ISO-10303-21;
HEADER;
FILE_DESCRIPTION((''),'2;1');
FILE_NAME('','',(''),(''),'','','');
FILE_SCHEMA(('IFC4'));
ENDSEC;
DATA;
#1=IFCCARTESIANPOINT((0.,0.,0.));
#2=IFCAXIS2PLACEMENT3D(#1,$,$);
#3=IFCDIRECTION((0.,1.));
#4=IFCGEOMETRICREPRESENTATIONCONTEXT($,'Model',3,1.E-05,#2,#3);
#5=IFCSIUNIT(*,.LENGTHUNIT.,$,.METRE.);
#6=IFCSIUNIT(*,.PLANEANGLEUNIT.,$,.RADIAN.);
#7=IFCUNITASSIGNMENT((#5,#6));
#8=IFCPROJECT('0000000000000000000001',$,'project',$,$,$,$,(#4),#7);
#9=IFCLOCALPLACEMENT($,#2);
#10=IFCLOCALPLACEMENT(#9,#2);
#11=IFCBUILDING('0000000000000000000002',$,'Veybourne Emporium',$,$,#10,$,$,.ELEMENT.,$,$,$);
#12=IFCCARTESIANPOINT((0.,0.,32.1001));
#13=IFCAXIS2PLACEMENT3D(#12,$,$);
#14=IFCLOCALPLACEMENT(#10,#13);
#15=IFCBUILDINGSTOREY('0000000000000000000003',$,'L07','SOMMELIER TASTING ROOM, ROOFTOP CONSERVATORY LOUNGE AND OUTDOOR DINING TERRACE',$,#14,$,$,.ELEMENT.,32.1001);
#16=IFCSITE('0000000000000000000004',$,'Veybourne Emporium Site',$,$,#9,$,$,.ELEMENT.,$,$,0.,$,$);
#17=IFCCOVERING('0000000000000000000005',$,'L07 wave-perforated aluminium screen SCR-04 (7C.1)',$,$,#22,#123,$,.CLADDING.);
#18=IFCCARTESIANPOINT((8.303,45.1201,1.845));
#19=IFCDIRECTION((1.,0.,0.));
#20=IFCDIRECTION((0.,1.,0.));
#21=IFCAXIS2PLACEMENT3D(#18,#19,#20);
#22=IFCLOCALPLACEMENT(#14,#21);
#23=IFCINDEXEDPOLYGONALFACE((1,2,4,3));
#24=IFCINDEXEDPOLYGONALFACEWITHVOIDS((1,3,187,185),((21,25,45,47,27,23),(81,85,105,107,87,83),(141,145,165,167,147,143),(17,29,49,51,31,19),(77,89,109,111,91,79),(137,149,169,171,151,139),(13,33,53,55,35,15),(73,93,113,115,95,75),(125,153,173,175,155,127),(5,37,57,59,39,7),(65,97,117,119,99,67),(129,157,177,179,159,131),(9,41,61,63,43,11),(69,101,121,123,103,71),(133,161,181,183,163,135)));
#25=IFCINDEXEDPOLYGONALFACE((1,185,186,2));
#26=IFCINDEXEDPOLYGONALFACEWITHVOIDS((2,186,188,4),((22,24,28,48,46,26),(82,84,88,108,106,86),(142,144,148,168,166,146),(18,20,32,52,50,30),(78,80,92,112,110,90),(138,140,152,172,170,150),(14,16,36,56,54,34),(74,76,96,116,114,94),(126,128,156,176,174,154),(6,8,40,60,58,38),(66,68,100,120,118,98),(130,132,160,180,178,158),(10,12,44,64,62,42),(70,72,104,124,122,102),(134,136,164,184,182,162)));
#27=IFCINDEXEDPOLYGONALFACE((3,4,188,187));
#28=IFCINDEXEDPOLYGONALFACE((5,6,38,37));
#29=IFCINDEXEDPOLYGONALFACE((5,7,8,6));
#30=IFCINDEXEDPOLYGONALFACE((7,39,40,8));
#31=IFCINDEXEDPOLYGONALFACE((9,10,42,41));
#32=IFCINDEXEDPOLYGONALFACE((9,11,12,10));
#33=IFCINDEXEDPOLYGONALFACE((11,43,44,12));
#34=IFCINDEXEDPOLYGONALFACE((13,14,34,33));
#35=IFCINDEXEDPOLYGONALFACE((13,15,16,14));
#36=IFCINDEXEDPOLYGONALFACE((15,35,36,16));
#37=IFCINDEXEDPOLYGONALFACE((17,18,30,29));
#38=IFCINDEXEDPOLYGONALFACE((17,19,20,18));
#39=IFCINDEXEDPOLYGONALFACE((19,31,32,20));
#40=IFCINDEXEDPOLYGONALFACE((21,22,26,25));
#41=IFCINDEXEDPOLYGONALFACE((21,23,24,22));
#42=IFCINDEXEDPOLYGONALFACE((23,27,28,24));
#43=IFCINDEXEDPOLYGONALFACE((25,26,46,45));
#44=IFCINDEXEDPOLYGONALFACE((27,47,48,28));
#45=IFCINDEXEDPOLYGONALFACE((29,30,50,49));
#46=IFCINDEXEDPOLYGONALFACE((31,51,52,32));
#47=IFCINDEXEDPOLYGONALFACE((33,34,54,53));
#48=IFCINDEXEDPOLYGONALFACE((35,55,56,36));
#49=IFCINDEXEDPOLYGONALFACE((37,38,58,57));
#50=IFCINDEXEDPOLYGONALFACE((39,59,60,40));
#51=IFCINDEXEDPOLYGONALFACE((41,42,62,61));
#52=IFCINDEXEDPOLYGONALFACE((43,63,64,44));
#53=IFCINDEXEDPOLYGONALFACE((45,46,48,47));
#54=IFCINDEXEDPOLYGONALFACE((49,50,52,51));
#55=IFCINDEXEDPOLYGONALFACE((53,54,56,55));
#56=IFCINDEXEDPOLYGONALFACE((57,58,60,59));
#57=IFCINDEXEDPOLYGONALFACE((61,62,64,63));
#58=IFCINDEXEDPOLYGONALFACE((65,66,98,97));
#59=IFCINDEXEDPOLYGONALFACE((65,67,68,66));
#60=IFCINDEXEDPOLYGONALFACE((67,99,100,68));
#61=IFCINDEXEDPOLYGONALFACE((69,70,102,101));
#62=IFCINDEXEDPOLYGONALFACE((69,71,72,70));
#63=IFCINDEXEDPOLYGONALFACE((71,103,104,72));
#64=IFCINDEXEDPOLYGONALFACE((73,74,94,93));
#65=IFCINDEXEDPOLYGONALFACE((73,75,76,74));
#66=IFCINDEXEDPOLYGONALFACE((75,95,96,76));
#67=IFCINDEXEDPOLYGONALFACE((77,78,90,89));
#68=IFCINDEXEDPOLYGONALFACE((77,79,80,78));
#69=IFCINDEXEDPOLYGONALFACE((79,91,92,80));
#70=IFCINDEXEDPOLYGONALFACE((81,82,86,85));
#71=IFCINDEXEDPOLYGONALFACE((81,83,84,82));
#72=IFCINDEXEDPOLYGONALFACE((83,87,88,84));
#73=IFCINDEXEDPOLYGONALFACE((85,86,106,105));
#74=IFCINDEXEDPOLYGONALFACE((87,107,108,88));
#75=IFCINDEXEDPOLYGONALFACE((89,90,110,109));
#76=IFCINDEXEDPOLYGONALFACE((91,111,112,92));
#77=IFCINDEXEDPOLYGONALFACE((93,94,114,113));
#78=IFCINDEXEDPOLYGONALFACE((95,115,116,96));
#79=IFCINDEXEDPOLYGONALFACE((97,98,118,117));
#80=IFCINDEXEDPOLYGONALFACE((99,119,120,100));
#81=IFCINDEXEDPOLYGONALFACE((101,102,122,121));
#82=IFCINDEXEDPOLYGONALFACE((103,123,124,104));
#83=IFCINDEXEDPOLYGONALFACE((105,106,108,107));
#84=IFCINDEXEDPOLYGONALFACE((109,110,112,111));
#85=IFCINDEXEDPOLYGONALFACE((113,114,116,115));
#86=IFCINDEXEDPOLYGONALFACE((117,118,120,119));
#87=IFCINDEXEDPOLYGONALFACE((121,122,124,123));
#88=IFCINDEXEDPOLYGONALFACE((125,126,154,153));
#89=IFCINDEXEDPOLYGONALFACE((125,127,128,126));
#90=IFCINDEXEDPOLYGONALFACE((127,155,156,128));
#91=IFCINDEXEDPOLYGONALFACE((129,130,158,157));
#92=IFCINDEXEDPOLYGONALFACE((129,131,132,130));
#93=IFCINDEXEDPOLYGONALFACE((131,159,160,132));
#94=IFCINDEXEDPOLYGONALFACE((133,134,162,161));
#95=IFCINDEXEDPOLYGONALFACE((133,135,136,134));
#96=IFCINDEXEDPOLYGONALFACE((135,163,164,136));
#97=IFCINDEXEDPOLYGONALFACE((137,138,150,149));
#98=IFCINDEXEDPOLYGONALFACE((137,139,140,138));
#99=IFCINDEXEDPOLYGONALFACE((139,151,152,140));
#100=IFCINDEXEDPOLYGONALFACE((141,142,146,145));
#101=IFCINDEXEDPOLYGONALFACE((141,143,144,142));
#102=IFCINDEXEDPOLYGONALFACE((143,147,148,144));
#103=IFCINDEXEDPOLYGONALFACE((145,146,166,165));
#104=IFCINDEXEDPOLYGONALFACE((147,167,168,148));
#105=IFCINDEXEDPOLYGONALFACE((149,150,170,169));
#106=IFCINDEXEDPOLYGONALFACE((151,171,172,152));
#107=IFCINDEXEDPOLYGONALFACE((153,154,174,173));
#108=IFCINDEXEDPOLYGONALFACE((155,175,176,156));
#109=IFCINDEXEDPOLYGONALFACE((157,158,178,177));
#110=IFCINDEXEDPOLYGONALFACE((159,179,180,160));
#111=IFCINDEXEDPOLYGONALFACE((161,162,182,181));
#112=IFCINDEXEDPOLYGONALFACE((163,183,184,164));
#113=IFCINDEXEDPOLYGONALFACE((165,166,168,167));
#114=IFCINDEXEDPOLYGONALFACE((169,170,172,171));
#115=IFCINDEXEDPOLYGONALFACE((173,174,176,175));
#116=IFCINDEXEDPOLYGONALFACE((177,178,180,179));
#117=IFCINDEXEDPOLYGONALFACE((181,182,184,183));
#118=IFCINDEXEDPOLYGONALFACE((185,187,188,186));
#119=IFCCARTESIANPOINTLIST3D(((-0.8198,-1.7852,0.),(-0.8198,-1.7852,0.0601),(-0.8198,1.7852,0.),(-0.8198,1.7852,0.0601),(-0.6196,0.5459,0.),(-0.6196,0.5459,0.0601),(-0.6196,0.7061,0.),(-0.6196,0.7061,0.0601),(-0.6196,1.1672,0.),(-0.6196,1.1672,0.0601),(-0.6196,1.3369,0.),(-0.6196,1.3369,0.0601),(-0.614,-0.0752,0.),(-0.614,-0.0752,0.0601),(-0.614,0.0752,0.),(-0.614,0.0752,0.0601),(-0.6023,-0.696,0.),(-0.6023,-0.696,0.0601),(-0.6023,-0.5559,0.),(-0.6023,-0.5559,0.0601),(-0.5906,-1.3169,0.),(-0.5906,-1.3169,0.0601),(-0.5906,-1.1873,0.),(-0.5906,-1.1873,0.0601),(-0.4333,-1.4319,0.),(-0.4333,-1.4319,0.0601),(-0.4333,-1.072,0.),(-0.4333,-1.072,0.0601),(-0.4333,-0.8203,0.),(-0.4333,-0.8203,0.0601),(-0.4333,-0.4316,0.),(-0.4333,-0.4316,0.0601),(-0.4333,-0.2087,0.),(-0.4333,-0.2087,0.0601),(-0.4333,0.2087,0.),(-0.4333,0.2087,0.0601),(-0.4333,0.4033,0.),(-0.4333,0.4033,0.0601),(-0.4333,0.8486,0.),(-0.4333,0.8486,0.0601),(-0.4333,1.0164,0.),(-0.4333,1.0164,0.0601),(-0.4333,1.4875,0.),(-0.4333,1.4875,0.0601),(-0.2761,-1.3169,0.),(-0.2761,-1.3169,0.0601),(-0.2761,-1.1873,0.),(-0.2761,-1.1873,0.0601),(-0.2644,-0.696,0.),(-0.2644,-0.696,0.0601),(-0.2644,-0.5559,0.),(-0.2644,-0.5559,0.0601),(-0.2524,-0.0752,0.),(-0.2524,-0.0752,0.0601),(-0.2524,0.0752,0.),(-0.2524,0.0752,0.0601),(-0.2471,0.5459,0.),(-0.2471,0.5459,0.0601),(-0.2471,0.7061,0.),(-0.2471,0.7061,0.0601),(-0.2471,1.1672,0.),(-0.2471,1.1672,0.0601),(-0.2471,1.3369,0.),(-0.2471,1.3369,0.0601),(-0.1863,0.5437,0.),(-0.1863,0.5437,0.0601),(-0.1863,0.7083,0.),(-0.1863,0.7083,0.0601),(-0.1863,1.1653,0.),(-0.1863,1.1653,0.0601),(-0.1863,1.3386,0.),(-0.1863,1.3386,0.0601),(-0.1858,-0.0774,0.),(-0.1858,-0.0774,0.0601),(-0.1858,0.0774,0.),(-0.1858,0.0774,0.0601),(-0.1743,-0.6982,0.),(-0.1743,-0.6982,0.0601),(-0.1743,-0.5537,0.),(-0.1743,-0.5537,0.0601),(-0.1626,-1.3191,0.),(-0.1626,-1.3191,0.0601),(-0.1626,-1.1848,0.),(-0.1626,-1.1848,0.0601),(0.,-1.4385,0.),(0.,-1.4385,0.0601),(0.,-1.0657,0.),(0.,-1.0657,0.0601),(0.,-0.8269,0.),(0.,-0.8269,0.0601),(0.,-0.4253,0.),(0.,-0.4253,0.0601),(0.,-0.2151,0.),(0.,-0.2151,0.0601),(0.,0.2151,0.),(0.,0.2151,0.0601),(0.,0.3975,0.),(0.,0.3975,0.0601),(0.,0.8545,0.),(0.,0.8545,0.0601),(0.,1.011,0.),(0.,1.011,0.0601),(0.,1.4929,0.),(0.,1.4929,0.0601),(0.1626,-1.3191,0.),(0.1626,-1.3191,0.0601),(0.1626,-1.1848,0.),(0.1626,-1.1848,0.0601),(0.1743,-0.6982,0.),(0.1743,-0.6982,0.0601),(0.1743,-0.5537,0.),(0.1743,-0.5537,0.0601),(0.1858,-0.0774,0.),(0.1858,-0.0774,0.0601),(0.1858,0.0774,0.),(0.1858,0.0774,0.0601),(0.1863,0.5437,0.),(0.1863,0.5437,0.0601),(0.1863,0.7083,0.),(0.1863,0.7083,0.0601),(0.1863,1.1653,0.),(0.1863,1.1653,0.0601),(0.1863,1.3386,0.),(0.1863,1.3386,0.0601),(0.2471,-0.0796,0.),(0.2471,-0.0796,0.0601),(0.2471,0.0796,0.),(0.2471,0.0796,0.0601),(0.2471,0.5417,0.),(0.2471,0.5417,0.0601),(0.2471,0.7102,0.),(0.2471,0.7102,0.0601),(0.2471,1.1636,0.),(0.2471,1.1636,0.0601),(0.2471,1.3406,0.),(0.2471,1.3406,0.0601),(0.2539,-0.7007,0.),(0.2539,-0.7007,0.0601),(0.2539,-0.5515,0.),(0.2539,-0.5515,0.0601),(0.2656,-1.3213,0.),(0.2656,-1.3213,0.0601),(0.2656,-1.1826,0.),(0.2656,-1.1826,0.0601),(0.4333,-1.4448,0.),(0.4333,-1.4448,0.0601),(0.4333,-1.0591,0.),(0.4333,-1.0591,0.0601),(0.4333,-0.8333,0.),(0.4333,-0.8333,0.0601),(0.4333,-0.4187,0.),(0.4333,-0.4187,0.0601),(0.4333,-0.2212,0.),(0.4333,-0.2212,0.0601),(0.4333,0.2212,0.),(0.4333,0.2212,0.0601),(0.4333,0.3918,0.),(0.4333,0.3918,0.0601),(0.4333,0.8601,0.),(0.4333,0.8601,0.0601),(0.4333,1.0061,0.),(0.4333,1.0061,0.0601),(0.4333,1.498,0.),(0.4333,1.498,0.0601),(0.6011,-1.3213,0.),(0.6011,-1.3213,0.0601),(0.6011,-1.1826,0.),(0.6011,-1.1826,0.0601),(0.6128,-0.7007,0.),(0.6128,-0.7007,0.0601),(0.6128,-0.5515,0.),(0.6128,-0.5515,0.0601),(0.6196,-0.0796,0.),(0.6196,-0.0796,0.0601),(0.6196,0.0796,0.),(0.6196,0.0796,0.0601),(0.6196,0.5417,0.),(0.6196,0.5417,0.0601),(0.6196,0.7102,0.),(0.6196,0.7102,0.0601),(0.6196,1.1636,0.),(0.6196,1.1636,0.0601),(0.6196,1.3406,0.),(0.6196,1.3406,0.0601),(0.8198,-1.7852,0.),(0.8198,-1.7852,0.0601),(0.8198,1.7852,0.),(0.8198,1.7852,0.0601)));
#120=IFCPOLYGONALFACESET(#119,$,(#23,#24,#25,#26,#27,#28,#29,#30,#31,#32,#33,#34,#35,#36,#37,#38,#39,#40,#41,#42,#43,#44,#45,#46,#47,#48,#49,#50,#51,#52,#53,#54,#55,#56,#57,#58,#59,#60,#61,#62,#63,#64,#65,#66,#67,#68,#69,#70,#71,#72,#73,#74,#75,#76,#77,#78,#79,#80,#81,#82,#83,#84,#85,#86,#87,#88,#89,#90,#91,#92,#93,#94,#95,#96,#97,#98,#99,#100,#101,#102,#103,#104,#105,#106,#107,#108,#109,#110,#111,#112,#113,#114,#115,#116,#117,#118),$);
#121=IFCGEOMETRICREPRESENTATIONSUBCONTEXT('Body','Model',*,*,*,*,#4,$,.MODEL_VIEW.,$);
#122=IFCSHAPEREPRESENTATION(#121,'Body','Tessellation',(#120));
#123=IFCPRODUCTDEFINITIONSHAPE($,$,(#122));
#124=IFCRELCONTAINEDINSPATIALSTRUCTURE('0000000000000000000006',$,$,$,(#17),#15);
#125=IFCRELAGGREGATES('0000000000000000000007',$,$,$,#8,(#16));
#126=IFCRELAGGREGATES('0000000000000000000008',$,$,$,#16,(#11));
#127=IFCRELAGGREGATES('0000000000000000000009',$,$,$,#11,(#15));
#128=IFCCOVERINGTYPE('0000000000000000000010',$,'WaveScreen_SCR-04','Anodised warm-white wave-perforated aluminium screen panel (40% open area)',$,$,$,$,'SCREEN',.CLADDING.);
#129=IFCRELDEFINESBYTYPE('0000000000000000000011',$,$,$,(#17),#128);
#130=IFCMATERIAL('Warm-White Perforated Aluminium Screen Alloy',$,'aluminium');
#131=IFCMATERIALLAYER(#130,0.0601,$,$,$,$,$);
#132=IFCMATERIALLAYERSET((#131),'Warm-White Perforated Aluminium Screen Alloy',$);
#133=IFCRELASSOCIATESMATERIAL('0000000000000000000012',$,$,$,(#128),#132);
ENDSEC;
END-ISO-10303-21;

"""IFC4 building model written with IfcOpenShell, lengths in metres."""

from ifc_helpers import new_model, si_unit, direction, frame, origin, place, context, subcontext, project, spatial, polyline, outline, extrude, material, layer, layer_set, type_object, element, save


model = new_model("IFC4")

# Units and contexts
model_context = context("Model", 3, precision=1e-05, world=origin(), true_north=direction((0.0, 1.0)))
body_context = subcontext(model_context, "Body", "Model", "MODEL_VIEW")
ifc_project = project(units=[si_unit("LENGTHUNIT", "METRE"), si_unit("PLANEANGLEUNIT", "RADIAN")], contexts=[model_context])

# Site, building, storey
site_placement = place(None, origin())
site = spatial("IfcSite", under=ifc_project, at=site_placement, Name="Veybourne Emporium Site", CompositionType="ELEMENT", RefElevation=0.0)
building_placement = place(site_placement, origin())
building = spatial("IfcBuilding", under=site, at=building_placement, Name="Veybourne Emporium", CompositionType="ELEMENT")
storey_placement = place(building_placement, frame((0.0, 0.0, 32.1001)))
storey = spatial("IfcBuildingStorey", under=building, at=storey_placement, Name="L07", Description="SOMMELIER TASTING ROOM, ROOFTOP CONSERVATORY LOUNGE AND OUTDOOR DINING TERRACE", CompositionType="ELEMENT", Elevation=32.1001)

# Covering
ifc_material_1 = material(Name="Warm-White Perforated Aluminium Screen Alloy", Category="aluminium")
ifc_layer_1 = layer(ifc_material_1, 0.0601)
ifc_layer_set_1 = layer_set([ifc_layer_1], Name="Warm-White Perforated Aluminium Screen Alloy")
covering_type_1 = type_object("IfcCoveringType", Name="WaveScreen_SCR-04", Description="Anodised warm-white wave-perforated aluminium screen panel (40% open area)", ElementType="SCREEN", PredefinedType="CLADDING", material=ifc_layer_set_1)
covering_1_placement = place(storey_placement, frame((8.303, 45.1201, 1.845), z_axis=(1.0, 0.0, 0.0), x_axis=(0.0, 1.0, 0.0)))
element("IfcCovering", 1, at=covering_1_placement, inside=storey, type_object=covering_type_1, Name="L07 wave-perforated aluminium screen SCR-04 (7C.1)", PredefinedType="CLADDING", context=body_context, shape_type="SweptSolid", body=[
    extrude(outline(polyline([(-0.8198, -1.7852), (0.8198, -1.7852), (0.8198, 1.7852), (-0.8198, 1.7852), (-0.8198, -1.7852)]), holes=[polyline([(-0.4333, -1.072), (-0.2761, -1.1873), (-0.2761, -1.3169), (-0.4333, -1.4319), (-0.5906, -1.3169), (-0.5906, -1.1873), (-0.4333, -1.072)]), polyline([(-0.4333, -0.4316), (-0.2644, -0.5559), (-0.2644, -0.696), (-0.4333, -0.8203), (-0.6023, -0.696), (-0.6023, -0.5559), (-0.4333, -0.4316)]), polyline([(-0.4333, 0.2087), (-0.2524, 0.0752), (-0.2524, -0.0752), (-0.4333, -0.2087), (-0.614, -0.0752), (-0.614, 0.0752), (-0.4333, 0.2087)]), polyline([(-0.4333, 0.8486), (-0.2471, 0.7061), (-0.2471, 0.5459), (-0.4333, 0.4033), (-0.6196, 0.5459), (-0.6196, 0.7061), (-0.4333, 0.8486)]), polyline([(-0.4333, 1.4875), (-0.2471, 1.3369), (-0.2471, 1.1672), (-0.4333, 1.0164), (-0.6196, 1.1672), (-0.6196, 1.3369), (-0.4333, 1.4875)]), polyline([(0.0, -1.0657), (0.1626, -1.1848), (0.1626, -1.3191), (0.0, -1.4385), (-0.1626, -1.3191), (-0.1626, -1.1848), (0.0, -1.0657)]), polyline([(0.0, -0.4253), (0.1743, -0.5537), (0.1743, -0.6982), (0.0, -0.8269), (-0.1743, -0.6982), (-0.1743, -0.5537), (0.0, -0.4253)]), polyline([(0.0, 0.2151), (0.1858, 0.0774), (0.1858, -0.0774), (0.0, -0.2151), (-0.1858, -0.0774), (-0.1858, 0.0774), (0.0, 0.2151)]), polyline([(0.0, 0.8545), (0.1863, 0.7083), (0.1863, 0.5437), (0.0, 0.3975), (-0.1863, 0.5437), (-0.1863, 0.7083), (0.0, 0.8545)]), polyline([(0.0, 1.4929), (0.1863, 1.3386), (0.1863, 1.1653), (0.0, 1.011), (-0.1863, 1.1653), (-0.1863, 1.3386), (0.0, 1.4929)]), polyline([(0.4333, -1.0591), (0.6011, -1.1826), (0.6011, -1.3213), (0.4333, -1.4448), (0.2656, -1.3213), (0.2656, -1.1826), (0.4333, -1.0591)]), polyline([(0.4333, -0.4187), (0.6128, -0.5515), (0.6128, -0.7007), (0.4333, -0.8333), (0.2539, -0.7007), (0.2539, -0.5515), (0.4333, -0.4187)]), polyline([(0.4333, 0.2212), (0.6196, 0.0796), (0.6196, -0.0796), (0.4333, -0.2212), (0.2471, -0.0796), (0.2471, 0.0796), (0.4333, 0.2212)]), polyline([(0.4333, 0.8601), (0.6196, 0.7102), (0.6196, 0.5417), (0.4333, 0.3918), (0.2471, 0.5417), (0.2471, 0.7102), (0.4333, 0.8601)]), polyline([(0.4333, 1.498), (0.6196, 1.3406), (0.6196, 1.1636), (0.4333, 1.0061), (0.2471, 1.1636), (0.2471, 1.3406), (0.4333, 1.498)])]), origin(), (0.0, 0.0, 1.0), 0.0601),
])

save(model, "model.ifc")
